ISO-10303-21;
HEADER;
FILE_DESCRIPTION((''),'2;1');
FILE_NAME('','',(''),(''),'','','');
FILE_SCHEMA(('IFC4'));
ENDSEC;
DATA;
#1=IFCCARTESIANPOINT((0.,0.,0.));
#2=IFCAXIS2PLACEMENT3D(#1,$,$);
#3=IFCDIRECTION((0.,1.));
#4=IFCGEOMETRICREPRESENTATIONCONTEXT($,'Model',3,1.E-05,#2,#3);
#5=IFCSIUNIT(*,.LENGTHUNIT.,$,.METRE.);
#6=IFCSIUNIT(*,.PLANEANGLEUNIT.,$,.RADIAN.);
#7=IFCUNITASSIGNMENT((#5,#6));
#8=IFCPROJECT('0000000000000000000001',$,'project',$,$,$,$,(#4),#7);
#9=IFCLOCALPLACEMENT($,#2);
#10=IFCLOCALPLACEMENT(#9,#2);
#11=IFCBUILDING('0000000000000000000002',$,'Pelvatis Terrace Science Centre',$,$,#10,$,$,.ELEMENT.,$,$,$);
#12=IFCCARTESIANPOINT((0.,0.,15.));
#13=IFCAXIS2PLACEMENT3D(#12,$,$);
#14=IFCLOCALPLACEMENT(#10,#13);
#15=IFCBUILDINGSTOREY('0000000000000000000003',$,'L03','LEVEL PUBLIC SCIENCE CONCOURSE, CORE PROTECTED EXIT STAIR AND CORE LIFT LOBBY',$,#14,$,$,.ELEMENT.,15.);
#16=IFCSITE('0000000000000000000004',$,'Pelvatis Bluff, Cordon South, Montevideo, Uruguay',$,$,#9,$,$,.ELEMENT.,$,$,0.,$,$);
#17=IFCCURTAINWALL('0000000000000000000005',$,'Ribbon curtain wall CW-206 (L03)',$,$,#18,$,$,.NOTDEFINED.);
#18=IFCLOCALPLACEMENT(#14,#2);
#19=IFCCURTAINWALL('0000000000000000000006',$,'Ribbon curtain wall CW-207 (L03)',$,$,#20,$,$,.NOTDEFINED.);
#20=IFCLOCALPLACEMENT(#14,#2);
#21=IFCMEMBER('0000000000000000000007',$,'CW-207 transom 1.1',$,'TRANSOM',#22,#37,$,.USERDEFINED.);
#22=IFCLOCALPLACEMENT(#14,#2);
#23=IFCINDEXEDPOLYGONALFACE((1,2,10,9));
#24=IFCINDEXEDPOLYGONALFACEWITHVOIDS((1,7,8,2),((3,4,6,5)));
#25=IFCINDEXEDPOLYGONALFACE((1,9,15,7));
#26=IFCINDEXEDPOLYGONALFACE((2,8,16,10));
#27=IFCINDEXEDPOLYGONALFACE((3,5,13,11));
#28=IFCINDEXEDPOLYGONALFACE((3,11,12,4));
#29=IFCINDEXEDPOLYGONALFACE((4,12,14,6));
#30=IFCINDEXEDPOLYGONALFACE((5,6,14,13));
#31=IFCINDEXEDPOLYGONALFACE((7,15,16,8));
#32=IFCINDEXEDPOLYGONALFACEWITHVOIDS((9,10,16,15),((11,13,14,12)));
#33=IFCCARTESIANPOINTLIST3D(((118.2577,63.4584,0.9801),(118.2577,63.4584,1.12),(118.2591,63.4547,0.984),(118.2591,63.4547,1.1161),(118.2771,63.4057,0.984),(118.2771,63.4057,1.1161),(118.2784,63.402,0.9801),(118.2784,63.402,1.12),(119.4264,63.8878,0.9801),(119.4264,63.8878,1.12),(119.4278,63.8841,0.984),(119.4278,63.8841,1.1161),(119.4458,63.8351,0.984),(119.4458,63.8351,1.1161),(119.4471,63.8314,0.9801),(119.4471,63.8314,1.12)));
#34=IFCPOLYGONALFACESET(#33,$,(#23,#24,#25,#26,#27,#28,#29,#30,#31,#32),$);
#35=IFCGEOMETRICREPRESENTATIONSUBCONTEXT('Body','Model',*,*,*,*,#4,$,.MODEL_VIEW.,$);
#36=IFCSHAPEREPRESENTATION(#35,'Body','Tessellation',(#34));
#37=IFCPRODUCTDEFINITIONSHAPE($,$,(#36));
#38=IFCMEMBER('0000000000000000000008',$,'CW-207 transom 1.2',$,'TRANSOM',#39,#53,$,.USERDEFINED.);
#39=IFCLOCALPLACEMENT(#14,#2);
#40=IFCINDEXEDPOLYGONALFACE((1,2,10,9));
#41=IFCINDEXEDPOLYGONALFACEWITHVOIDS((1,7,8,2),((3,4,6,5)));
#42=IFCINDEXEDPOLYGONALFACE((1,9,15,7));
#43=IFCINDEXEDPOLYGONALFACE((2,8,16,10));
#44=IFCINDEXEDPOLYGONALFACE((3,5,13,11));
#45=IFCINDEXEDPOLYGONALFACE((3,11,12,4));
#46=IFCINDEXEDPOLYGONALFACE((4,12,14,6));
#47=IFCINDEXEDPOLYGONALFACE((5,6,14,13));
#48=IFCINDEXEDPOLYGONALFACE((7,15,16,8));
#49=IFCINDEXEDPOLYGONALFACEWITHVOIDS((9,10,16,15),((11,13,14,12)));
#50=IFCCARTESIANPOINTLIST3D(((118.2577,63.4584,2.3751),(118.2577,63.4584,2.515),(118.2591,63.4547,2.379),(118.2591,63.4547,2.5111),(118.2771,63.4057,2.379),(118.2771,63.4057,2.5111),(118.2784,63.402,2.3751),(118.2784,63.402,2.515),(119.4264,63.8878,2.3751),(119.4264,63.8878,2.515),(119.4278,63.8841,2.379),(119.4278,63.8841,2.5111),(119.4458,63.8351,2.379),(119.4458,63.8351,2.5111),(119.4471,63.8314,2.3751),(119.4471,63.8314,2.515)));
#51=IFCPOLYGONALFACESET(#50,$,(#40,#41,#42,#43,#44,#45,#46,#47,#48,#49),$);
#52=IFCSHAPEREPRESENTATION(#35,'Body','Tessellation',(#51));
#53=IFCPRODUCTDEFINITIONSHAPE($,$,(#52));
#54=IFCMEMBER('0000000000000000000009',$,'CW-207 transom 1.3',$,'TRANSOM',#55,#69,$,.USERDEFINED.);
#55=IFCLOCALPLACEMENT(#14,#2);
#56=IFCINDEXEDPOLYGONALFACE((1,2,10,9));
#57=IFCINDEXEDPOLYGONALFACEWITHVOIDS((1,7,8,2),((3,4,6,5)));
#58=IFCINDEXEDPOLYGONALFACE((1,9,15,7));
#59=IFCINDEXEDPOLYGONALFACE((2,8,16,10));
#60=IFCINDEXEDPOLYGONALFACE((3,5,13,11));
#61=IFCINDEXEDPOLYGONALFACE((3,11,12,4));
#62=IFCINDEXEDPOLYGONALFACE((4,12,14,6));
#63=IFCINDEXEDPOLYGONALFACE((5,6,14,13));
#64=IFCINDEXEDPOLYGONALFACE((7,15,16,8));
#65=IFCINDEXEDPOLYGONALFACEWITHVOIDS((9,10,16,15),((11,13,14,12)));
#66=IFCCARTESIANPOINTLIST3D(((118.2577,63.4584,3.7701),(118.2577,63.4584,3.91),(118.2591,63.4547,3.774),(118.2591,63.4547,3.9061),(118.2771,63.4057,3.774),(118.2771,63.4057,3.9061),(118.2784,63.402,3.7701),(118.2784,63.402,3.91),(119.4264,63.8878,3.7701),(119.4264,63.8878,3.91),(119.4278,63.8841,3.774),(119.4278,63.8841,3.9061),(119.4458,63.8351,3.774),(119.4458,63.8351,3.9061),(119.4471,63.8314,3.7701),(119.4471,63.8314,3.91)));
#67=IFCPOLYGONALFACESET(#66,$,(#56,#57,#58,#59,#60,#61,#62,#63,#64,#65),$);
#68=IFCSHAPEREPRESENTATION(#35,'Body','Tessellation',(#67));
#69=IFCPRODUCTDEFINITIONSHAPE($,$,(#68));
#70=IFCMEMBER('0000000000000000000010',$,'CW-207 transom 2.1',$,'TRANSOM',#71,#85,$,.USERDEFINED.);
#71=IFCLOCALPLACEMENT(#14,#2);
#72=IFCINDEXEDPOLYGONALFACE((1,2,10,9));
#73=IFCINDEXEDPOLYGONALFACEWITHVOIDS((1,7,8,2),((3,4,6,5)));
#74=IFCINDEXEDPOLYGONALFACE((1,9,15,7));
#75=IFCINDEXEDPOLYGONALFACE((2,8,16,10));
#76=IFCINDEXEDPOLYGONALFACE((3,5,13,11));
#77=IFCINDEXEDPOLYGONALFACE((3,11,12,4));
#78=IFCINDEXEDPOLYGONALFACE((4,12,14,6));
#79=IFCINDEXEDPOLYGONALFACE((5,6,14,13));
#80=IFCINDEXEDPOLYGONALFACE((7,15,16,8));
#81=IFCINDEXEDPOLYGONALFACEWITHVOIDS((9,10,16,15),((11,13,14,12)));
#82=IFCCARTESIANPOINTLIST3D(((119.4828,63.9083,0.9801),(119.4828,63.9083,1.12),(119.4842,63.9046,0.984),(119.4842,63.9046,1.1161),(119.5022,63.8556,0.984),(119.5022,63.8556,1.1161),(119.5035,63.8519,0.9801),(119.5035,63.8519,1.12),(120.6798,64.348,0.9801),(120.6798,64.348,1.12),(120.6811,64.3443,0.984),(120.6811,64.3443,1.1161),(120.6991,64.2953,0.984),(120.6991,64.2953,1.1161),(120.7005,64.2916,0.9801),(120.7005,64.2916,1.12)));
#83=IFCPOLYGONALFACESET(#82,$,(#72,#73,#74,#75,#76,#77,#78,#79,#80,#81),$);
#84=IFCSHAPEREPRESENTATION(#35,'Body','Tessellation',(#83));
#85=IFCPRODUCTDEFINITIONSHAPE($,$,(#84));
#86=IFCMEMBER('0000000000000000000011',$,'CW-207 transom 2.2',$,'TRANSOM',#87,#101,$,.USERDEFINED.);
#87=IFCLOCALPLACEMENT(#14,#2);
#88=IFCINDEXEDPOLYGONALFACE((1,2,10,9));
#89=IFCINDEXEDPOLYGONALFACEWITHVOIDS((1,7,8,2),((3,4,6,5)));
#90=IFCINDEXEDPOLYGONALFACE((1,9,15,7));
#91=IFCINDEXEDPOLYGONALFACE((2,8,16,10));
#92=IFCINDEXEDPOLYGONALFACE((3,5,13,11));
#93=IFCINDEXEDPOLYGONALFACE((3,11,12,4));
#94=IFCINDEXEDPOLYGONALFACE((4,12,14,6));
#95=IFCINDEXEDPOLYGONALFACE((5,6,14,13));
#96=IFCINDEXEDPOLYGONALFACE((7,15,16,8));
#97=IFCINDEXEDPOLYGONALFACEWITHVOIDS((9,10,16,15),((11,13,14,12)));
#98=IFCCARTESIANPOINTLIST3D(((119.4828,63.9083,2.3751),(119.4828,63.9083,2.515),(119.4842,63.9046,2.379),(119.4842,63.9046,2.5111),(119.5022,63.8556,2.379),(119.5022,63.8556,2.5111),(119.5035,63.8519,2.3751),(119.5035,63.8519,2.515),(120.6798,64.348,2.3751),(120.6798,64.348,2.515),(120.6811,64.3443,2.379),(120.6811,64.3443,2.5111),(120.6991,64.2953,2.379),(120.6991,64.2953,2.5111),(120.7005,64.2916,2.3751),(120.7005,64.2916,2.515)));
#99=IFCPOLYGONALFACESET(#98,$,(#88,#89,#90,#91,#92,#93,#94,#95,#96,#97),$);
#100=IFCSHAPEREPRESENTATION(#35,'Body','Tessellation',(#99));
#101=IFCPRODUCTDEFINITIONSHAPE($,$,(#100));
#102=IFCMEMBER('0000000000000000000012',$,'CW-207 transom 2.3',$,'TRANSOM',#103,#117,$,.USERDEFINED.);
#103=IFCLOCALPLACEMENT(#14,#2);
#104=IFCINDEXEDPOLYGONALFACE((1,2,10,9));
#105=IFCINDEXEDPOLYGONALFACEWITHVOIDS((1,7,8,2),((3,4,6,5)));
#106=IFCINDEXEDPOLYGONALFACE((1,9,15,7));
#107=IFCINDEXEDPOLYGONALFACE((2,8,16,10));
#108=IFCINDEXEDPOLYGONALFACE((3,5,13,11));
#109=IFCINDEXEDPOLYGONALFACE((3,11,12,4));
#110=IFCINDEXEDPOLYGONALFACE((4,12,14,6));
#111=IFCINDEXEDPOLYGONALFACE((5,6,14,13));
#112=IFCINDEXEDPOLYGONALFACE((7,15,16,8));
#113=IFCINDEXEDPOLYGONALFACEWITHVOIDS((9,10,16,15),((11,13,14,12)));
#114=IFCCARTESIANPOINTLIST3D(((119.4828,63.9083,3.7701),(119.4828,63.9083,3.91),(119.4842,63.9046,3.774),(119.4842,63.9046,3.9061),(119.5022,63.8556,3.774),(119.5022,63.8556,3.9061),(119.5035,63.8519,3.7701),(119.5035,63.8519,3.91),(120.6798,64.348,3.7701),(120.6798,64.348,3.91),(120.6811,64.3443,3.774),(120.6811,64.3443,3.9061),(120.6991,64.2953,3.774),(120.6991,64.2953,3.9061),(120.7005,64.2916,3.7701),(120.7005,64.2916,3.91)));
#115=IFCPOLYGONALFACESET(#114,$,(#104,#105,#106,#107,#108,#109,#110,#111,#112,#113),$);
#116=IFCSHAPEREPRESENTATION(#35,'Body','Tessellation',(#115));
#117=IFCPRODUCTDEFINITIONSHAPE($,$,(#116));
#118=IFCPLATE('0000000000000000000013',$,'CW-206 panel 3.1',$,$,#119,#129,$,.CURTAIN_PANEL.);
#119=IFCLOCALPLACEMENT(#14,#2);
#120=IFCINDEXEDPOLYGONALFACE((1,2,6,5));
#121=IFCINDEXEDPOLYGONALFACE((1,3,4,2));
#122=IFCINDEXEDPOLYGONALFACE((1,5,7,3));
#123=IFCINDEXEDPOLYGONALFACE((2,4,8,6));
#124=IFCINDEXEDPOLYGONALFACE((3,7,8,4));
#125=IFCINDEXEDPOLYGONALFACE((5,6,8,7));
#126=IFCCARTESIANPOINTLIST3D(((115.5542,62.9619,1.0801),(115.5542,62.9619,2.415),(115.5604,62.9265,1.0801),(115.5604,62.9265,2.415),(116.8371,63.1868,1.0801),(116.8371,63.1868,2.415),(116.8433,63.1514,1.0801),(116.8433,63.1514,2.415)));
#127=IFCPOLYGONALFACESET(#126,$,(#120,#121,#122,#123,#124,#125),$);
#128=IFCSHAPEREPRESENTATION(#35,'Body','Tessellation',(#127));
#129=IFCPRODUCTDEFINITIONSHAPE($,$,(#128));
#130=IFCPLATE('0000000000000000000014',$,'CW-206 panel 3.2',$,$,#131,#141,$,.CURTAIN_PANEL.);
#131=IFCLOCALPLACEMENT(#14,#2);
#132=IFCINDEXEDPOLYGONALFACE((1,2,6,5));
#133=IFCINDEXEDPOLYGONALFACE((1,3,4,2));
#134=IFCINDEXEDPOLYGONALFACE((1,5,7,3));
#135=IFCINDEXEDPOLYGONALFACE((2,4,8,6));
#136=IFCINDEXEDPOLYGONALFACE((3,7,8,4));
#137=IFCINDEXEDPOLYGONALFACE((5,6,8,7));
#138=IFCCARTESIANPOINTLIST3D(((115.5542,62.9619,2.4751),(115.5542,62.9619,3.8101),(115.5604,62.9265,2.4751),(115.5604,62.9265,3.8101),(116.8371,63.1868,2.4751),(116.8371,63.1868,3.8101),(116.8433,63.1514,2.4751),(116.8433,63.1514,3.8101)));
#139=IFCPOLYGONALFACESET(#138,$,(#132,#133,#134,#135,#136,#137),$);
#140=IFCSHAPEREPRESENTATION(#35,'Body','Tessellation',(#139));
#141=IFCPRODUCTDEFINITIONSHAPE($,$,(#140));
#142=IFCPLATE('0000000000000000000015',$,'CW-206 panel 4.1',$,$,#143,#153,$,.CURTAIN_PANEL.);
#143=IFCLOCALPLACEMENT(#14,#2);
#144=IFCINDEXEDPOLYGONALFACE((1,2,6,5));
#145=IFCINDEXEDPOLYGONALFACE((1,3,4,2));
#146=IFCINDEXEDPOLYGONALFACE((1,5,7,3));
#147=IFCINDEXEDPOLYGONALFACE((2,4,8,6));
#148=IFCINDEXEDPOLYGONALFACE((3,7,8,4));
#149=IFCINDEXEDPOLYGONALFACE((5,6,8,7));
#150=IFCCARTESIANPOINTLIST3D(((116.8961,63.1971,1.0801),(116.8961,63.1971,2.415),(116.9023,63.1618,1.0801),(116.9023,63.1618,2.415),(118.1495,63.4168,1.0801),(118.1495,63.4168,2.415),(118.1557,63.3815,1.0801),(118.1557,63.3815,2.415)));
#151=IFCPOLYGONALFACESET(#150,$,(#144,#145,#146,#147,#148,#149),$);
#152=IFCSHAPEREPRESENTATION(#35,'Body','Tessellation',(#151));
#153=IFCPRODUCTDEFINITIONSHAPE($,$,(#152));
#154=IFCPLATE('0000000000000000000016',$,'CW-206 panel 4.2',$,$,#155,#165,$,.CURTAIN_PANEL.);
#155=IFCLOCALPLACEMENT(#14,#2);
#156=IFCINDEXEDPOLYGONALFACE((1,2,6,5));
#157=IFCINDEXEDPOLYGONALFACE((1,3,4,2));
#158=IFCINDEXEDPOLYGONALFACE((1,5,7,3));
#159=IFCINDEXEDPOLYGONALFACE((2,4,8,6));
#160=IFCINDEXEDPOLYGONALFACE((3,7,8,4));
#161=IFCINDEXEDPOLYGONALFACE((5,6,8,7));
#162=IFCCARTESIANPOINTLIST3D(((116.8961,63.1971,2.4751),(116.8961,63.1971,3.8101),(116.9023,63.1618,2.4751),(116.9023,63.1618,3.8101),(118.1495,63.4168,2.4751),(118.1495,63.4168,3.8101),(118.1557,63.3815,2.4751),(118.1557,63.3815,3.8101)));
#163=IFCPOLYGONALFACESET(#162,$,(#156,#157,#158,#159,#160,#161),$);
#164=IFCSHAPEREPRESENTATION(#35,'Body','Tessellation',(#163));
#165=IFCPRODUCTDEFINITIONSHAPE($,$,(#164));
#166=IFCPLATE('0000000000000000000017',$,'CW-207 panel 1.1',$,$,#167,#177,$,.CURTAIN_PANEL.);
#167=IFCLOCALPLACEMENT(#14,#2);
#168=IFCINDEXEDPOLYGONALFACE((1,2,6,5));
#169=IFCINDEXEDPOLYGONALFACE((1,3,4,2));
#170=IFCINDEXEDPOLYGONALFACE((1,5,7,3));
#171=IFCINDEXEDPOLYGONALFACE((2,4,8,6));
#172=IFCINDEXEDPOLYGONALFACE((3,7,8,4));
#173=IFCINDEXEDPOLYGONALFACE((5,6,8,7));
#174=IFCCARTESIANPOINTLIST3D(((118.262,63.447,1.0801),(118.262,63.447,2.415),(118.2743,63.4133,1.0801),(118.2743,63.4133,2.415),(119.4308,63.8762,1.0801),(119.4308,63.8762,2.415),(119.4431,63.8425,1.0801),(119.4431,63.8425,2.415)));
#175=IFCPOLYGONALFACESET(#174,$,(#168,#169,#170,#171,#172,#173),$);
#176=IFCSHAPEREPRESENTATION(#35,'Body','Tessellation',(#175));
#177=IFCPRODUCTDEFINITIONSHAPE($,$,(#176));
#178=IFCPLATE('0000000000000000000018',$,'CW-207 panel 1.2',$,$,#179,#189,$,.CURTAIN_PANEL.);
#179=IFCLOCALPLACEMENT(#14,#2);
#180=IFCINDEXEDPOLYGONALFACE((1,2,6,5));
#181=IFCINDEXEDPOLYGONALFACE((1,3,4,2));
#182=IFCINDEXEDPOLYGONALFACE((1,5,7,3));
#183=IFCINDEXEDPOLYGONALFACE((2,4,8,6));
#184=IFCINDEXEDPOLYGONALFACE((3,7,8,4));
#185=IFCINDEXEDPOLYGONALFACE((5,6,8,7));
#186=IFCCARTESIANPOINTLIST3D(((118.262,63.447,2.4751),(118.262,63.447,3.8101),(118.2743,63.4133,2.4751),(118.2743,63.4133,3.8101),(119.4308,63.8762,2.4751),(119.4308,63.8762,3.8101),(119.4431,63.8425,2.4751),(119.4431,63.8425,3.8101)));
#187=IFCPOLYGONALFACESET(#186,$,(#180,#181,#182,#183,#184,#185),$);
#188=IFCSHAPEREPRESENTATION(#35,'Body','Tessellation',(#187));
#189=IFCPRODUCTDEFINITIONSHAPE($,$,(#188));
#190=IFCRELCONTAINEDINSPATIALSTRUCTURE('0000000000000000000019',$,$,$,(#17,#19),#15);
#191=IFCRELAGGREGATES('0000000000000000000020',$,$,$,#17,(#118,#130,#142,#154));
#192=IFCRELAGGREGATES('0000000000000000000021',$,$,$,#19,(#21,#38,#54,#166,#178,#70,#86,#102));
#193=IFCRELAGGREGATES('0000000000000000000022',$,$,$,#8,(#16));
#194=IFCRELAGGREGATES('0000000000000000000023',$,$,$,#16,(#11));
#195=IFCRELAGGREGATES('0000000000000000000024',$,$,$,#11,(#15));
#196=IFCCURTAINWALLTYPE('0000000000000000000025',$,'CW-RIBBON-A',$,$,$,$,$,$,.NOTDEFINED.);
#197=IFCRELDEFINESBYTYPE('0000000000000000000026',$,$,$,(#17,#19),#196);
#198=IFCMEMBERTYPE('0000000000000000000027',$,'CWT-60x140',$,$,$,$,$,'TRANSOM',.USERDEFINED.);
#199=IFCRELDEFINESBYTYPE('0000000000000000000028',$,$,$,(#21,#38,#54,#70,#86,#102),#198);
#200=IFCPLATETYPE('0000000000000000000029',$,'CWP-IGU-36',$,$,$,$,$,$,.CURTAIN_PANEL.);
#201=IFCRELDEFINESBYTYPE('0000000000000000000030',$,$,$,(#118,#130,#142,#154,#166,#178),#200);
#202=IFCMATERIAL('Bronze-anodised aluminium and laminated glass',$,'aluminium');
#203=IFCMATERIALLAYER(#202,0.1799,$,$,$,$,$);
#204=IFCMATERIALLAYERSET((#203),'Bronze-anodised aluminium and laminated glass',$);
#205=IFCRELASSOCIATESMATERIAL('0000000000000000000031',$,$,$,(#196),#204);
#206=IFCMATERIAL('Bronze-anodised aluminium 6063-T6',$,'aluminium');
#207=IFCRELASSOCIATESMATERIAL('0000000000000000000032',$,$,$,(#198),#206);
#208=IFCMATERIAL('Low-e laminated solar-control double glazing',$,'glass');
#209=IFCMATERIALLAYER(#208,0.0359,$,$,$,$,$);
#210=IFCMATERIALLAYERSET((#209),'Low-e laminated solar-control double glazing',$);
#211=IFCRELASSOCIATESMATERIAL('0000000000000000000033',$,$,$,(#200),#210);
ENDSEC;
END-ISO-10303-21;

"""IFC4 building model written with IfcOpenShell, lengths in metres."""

from ifc_helpers import new_model, si_unit, direction, frame, origin, origin_2d, place, context, subcontext, project, spatial, rectangle, hollow_rectangle, extrude, material, layer, layer_set, material_profile, profile_set, type_object, element, aggregate, save


model = new_model("IFC4")

# Units and contexts
model_context = context("Model", 3, precision=1e-05, world=origin(), true_north=direction((0.0, 1.0)))
body_context = subcontext(model_context, "Body", "Model", "MODEL_VIEW")
ifc_project = project(units=[si_unit("LENGTHUNIT", "METRE"), si_unit("PLANEANGLEUNIT", "RADIAN")], contexts=[model_context])

# Site, building, storey
site_placement = place(None, origin())
site = spatial("IfcSite", under=ifc_project, at=site_placement, Name="Pelvatis Bluff, Cordon South, Montevideo, Uruguay", CompositionType="ELEMENT", RefElevation=0.0)
building_placement = place(site_placement, origin())
building = spatial("IfcBuilding", under=site, at=building_placement, Name="Pelvatis Terrace Science Centre", CompositionType="ELEMENT")
storey_placement = place(building_placement, frame((0.0, 0.0, 15.0)))
storey = spatial("IfcBuildingStorey", under=building, at=storey_placement, Name="L03", Description="LEVEL PUBLIC SCIENCE CONCOURSE, CORE PROTECTED EXIT STAIR AND CORE LIFT LOBBY", CompositionType="ELEMENT", Elevation=15.0)

# Curtain walls
ifc_material_1 = material(Name="Bronze-anodised aluminium and laminated glass", Category="aluminium")
ifc_layer_1 = layer(ifc_material_1, 0.1799)
ifc_layer_set_1 = layer_set([ifc_layer_1], Name="Bronze-anodised aluminium and laminated glass")
curtain_wall_type = type_object("IfcCurtainWallType", Name="CW-RIBBON-A", PredefinedType="NOTDEFINED", material=ifc_layer_set_1)
curtain_wall_1_placement = place(storey_placement, origin())
curtain_wall_1 = element("IfcCurtainWall", 1, at=curtain_wall_1_placement, inside=storey, type_object=curtain_wall_type, Name="Ribbon curtain wall CW-206 (L03)", PredefinedType="NOTDEFINED")
curtain_wall_2_placement = place(storey_placement, origin())
curtain_wall_2 = element("IfcCurtainWall", 2, at=curtain_wall_2_placement, inside=storey, type_object=curtain_wall_type, Name="Ribbon curtain wall CW-207 (L03)", PredefinedType="NOTDEFINED")

# Members
ifc_material_2 = material(Name="Bronze-anodised aluminium 6063-T6", Category="aluminium")
ifc_material_profile_1 = material_profile(ifc_material_2, hollow_rectangle(XDim=0.0601, YDim=0.1399, WallThickness=0.0039, at=origin_2d()), Name="ALU-TRN 60x140")
ifc_profile_set_1 = profile_set([ifc_material_profile_1], Name="Bronze-anodised aluminium 6063-T6")
member_type_1 = type_object("IfcMemberType", Name="CWT-60x140", ElementType="TRANSOM", PredefinedType="USERDEFINED", material=ifc_profile_set_1)
member_1_placement = place(storey_placement, frame((118.2681, 63.4302, 1.05), z_axis=(0.938637, 0.344906, 0.0), x_axis=(-0.344906, 0.938637, 0.0)))
member_1 = element("IfcMember", 3, at=member_1_placement, type_object=member_type_1, Name="CW-207 transom 1.1", ObjectType="TRANSOM", PredefinedType="USERDEFINED", context=body_context, shape_type="SweptSolid", body=[
    extrude(hollow_rectangle(XDim=0.0601, YDim=0.1399, WallThickness=0.0039, at=origin_2d()), origin(), (0.0, 0.0, 1.0), 1.2451),
])
member_2_placement = place(storey_placement, frame((118.2681, 63.4302, 2.4451), z_axis=(0.938637, 0.344906, 0.0), x_axis=(-0.344906, 0.938637, 0.0)))
member_2 = element("IfcMember", 4, at=member_2_placement, type_object=member_type_1, Name="CW-207 transom 1.2", ObjectType="TRANSOM", PredefinedType="USERDEFINED", context=body_context, shape_type="SweptSolid", body=[
    extrude(hollow_rectangle(XDim=0.0601, YDim=0.1399, WallThickness=0.0039, at=origin_2d()), origin(), (0.0, 0.0, 1.0), 1.2451),
])
member_3_placement = place(storey_placement, frame((118.2681, 63.4302, 3.8401), z_axis=(0.938637, 0.344906, 0.0), x_axis=(-0.344906, 0.938637, 0.0)))
member_3 = element("IfcMember", 5, at=member_3_placement, type_object=member_type_1, Name="CW-207 transom 1.3", ObjectType="TRANSOM", PredefinedType="USERDEFINED", context=body_context, shape_type="SweptSolid", body=[
    extrude(hollow_rectangle(XDim=0.0601, YDim=0.1399, WallThickness=0.0039, at=origin_2d()), origin(), (0.0, 0.0, 1.0), 1.2451),
])
member_4_placement = place(storey_placement, frame((119.4932, 63.8801, 1.05), z_axis=(0.938676, 0.3448, 0.0), x_axis=(-0.3448, 0.938676, 0.0)))
member_4 = element("IfcMember", 6, at=member_4_placement, type_object=member_type_1, Name="CW-207 transom 2.1", ObjectType="TRANSOM", PredefinedType="USERDEFINED", context=body_context, shape_type="SweptSolid", body=[
    extrude(hollow_rectangle(XDim=0.0601, YDim=0.1399, WallThickness=0.0039, at=origin_2d()), origin(), (0.0, 0.0, 1.0), 1.2751),
])
member_5_placement = place(storey_placement, frame((119.4932, 63.8801, 2.4451), z_axis=(0.938676, 0.3448, 0.0), x_axis=(-0.3448, 0.938676, 0.0)))
member_5 = element("IfcMember", 7, at=member_5_placement, type_object=member_type_1, Name="CW-207 transom 2.2", ObjectType="TRANSOM", PredefinedType="USERDEFINED", context=body_context, shape_type="SweptSolid", body=[
    extrude(hollow_rectangle(XDim=0.0601, YDim=0.1399, WallThickness=0.0039, at=origin_2d()), origin(), (0.0, 0.0, 1.0), 1.2751),
])
member_6_placement = place(storey_placement, frame((119.4932, 63.8801, 3.8401), z_axis=(0.938676, 0.3448, 0.0), x_axis=(-0.3448, 0.938676, 0.0)))
member_6 = element("IfcMember", 8, at=member_6_placement, type_object=member_type_1, Name="CW-207 transom 2.3", ObjectType="TRANSOM", PredefinedType="USERDEFINED", context=body_context, shape_type="SweptSolid", body=[
    extrude(hollow_rectangle(XDim=0.0601, YDim=0.1399, WallThickness=0.0039, at=origin_2d()), origin(), (0.0, 0.0, 1.0), 1.2751),
])

# Plates
ifc_material_3 = material(Name="Low-e laminated solar-control double glazing", Category="glass")
ifc_layer_2 = layer(ifc_material_3, 0.0359)
ifc_layer_set_2 = layer_set([ifc_layer_2], Name="Low-e laminated solar-control double glazing")
plate_type = type_object("IfcPlateType", Name="CWP-IGU-36", PredefinedType="CURTAIN_PANEL", material=ifc_layer_set_2)
plate_1_placement = place(storey_placement, frame((116.1987, 63.0566, 1.0801), z_axis=(0.0, 0.0, 1.0), x_axis=(0.984979, 0.172671, 0.0)))
plate_1 = element("IfcPlate", 9, at=plate_1_placement, type_object=plate_type, Name="CW-206 panel 3.1", PredefinedType="CURTAIN_PANEL", context=body_context, shape_type="SweptSolid", body=[
    extrude(rectangle(XDim=1.3025, YDim=0.0359, at=origin_2d()), origin(), (0.0, 0.0, 1.0), 1.335),
])
plate_2_placement = place(storey_placement, frame((116.1987, 63.0566, 2.4751), z_axis=(0.0, 0.0, 1.0), x_axis=(0.984979, 0.172671, 0.0)))
plate_2 = element("IfcPlate", 10, at=plate_2_placement, type_object=plate_type, Name="CW-206 panel 3.2", PredefinedType="CURTAIN_PANEL", context=body_context, shape_type="SweptSolid", body=[
    extrude(rectangle(XDim=1.3025, YDim=0.0359, at=origin_2d()), origin(), (0.0, 0.0, 1.0), 1.335),
])
plate_3_placement = place(storey_placement, frame((117.5259, 63.2893, 1.0801), z_axis=(0.0, 0.0, 1.0), x_axis=(0.984979, 0.172671, 0.0)))
plate_3 = element("IfcPlate", 11, at=plate_3_placement, type_object=plate_type, Name="CW-206 panel 4.1", PredefinedType="CURTAIN_PANEL", context=body_context, shape_type="SweptSolid", body=[
    extrude(rectangle(XDim=1.2725, YDim=0.0359, at=origin_2d()), origin(), (0.0, 0.0, 1.0), 1.335),
])
plate_4_placement = place(storey_placement, frame((117.5259, 63.2893, 2.4751), z_axis=(0.0, 0.0, 1.0), x_axis=(0.984979, 0.172671, 0.0)))
plate_4 = element("IfcPlate", 12, at=plate_4_placement, type_object=plate_type, Name="CW-206 panel 4.2", PredefinedType="CURTAIN_PANEL", context=body_context, shape_type="SweptSolid", body=[
    extrude(rectangle(XDim=1.2725, YDim=0.0359, at=origin_2d()), origin(), (0.0, 0.0, 1.0), 1.335),
])
aggregate(curtain_wall_1, [plate_1, plate_2, plate_3, plate_4])
plate_5_placement = place(storey_placement, frame((118.8525, 63.6448, 1.0801), z_axis=(0.0, 0.0, 1.0), x_axis=(0.938707, 0.344715, 0.0)))
plate_5 = element("IfcPlate", 13, at=plate_5_placement, type_object=plate_type, Name="CW-207 panel 1.1", PredefinedType="CURTAIN_PANEL", context=body_context, shape_type="SweptSolid", body=[
    extrude(rectangle(XDim=1.2451, YDim=0.0359, at=origin_2d()), origin(), (0.0, 0.0, 1.0), 1.335),
])
plate_6_placement = place(storey_placement, frame((118.8525, 63.6448, 2.4751), z_axis=(0.0, 0.0, 1.0), x_axis=(0.938707, 0.344715, 0.0)))
plate_6 = element("IfcPlate", 14, at=plate_6_placement, type_object=plate_type, Name="CW-207 panel 1.2", PredefinedType="CURTAIN_PANEL", context=body_context, shape_type="SweptSolid", body=[
    extrude(rectangle(XDim=1.2451, YDim=0.0359, at=origin_2d()), origin(), (0.0, 0.0, 1.0), 1.335),
])
aggregate(curtain_wall_2, [member_1, member_2, member_3, plate_5, plate_6, member_4, member_5, member_6])

save(model, "model.ifc")
